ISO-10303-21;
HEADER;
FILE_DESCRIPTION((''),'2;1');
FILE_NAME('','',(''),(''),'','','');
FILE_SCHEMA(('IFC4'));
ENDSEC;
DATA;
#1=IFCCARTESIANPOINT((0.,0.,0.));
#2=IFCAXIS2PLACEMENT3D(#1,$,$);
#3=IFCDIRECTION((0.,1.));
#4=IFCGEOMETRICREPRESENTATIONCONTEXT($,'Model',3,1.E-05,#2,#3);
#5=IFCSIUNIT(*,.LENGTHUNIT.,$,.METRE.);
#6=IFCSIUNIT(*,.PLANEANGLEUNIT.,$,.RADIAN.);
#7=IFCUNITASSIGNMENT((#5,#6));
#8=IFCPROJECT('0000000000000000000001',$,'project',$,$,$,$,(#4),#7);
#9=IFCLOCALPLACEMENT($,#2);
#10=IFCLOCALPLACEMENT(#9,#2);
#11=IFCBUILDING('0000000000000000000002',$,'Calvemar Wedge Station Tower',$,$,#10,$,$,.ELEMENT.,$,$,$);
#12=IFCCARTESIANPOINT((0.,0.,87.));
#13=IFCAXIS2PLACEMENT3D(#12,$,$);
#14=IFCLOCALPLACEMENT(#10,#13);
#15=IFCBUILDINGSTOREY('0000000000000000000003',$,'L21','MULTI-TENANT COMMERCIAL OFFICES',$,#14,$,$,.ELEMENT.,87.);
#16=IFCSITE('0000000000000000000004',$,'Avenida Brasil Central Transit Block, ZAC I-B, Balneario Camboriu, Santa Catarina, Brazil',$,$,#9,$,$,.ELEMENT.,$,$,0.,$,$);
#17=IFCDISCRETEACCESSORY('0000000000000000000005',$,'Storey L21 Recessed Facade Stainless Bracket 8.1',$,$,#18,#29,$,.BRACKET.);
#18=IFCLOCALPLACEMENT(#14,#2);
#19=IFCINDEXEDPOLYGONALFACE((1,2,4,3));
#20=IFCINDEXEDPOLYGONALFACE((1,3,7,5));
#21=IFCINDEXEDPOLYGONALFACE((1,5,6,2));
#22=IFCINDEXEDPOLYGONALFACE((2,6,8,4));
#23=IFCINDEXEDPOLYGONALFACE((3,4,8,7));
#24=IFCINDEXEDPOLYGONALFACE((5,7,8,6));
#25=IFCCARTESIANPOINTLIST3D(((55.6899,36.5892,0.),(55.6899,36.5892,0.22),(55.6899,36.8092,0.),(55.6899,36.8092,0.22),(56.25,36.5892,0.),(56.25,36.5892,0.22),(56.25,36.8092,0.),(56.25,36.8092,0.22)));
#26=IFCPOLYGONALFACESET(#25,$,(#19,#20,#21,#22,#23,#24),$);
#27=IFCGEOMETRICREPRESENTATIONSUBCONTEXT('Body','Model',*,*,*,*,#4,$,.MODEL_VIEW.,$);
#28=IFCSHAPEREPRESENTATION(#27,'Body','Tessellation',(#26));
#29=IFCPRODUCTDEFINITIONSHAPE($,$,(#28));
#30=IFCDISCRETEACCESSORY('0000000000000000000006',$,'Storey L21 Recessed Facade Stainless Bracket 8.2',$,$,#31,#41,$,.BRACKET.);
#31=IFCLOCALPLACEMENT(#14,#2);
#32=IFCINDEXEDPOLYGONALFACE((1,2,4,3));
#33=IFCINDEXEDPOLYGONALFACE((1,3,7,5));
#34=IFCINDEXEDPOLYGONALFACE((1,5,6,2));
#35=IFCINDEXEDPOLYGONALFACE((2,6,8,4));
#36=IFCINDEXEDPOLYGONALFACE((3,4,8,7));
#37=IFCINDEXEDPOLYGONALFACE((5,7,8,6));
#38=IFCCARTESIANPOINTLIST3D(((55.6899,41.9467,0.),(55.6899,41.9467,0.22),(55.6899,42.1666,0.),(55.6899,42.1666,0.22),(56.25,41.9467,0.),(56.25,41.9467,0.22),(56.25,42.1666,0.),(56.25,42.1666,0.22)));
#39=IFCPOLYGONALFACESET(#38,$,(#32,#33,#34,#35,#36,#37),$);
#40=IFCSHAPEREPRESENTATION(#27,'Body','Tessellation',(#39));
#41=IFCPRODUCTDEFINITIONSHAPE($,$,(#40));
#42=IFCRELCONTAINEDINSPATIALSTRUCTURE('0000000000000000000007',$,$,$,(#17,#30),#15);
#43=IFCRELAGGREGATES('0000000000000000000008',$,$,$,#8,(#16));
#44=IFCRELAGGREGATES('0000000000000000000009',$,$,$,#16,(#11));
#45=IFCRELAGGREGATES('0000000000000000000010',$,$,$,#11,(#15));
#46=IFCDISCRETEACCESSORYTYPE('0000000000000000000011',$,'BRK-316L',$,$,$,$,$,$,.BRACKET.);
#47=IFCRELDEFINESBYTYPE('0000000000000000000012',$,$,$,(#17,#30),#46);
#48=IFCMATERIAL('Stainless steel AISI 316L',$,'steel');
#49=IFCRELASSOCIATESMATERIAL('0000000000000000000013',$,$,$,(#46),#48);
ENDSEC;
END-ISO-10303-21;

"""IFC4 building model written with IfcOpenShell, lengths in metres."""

from ifc_helpers import new_model, si_unit, direction, frame, origin, origin_2d, place, context, subcontext, project, spatial, rectangle, extrude, source, transform, mapped, material, type_object, element, save


model = new_model("IFC4")

# Units and contexts
model_context = context("Model", 3, precision=1e-05, world=origin(), true_north=direction((0.0, 1.0)))
body_context = subcontext(model_context, "Body", "Model", "MODEL_VIEW")
ifc_project = project(units=[si_unit("LENGTHUNIT", "METRE"), si_unit("PLANEANGLEUNIT", "RADIAN")], contexts=[model_context])

# Site, building, storey
site_placement = place(None, origin())
site = spatial("IfcSite", under=ifc_project, at=site_placement, Name="Avenida Brasil Central Transit Block, ZAC I-B, Balneario Camboriu, Santa Catarina, Brazil", CompositionType="ELEMENT", RefElevation=0.0)
building_placement = place(site_placement, origin())
building = spatial("IfcBuilding", under=site, at=building_placement, Name="Calvemar Wedge Station Tower", CompositionType="ELEMENT")
storey_placement = place(building_placement, frame((0.0, 0.0, 87.0)))
storey = spatial("IfcBuildingStorey", under=building, at=storey_placement, Name="L21", Description="MULTI-TENANT COMMERCIAL OFFICES", CompositionType="ELEMENT", Elevation=87.0)

# Discrete accessories
ifc_material_1 = material(Name="Stainless steel AISI 316L", Category="steel")
discrete_accessory_type = type_object("IfcDiscreteAccessoryType", Name="BRK-316L", PredefinedType="BRACKET", material=ifc_material_1)
shared_shape_1 = source(origin(), body_context, "Body", "SweptSolid", [
    extrude(rectangle(XDim=0.22, YDim=0.5601, at=origin_2d()), origin(), (0.0, 0.0, 1.0), 0.22),
])
for number, where, z_axis, x_axis, name in (
    (1, (55.97, 36.6992, 0.0), (0.0, 0.0, 1.0), (0.0, 1.0, 0.0), "Storey L21 Recessed Facade Stainless Bracket 8.1"),
    (2, (55.97, 42.0566, 0.0), (0.0, 0.0, 1.0), (0.0, 1.0, 0.0), "Storey L21 Recessed Facade Stainless Bracket 8.2"),
):
    element("IfcDiscreteAccessory", number, at=place(storey_placement, frame(where, z_axis=z_axis, x_axis=x_axis)), inside=storey, type_object=discrete_accessory_type, Name=name, PredefinedType="BRACKET", context=body_context, shape_type="MappedRepresentation", body=[
        mapped(shared_shape_1, transform((0.0, 0.0, 0.0), scale=1.0)),
    ])

save(model, "model.ifc")
